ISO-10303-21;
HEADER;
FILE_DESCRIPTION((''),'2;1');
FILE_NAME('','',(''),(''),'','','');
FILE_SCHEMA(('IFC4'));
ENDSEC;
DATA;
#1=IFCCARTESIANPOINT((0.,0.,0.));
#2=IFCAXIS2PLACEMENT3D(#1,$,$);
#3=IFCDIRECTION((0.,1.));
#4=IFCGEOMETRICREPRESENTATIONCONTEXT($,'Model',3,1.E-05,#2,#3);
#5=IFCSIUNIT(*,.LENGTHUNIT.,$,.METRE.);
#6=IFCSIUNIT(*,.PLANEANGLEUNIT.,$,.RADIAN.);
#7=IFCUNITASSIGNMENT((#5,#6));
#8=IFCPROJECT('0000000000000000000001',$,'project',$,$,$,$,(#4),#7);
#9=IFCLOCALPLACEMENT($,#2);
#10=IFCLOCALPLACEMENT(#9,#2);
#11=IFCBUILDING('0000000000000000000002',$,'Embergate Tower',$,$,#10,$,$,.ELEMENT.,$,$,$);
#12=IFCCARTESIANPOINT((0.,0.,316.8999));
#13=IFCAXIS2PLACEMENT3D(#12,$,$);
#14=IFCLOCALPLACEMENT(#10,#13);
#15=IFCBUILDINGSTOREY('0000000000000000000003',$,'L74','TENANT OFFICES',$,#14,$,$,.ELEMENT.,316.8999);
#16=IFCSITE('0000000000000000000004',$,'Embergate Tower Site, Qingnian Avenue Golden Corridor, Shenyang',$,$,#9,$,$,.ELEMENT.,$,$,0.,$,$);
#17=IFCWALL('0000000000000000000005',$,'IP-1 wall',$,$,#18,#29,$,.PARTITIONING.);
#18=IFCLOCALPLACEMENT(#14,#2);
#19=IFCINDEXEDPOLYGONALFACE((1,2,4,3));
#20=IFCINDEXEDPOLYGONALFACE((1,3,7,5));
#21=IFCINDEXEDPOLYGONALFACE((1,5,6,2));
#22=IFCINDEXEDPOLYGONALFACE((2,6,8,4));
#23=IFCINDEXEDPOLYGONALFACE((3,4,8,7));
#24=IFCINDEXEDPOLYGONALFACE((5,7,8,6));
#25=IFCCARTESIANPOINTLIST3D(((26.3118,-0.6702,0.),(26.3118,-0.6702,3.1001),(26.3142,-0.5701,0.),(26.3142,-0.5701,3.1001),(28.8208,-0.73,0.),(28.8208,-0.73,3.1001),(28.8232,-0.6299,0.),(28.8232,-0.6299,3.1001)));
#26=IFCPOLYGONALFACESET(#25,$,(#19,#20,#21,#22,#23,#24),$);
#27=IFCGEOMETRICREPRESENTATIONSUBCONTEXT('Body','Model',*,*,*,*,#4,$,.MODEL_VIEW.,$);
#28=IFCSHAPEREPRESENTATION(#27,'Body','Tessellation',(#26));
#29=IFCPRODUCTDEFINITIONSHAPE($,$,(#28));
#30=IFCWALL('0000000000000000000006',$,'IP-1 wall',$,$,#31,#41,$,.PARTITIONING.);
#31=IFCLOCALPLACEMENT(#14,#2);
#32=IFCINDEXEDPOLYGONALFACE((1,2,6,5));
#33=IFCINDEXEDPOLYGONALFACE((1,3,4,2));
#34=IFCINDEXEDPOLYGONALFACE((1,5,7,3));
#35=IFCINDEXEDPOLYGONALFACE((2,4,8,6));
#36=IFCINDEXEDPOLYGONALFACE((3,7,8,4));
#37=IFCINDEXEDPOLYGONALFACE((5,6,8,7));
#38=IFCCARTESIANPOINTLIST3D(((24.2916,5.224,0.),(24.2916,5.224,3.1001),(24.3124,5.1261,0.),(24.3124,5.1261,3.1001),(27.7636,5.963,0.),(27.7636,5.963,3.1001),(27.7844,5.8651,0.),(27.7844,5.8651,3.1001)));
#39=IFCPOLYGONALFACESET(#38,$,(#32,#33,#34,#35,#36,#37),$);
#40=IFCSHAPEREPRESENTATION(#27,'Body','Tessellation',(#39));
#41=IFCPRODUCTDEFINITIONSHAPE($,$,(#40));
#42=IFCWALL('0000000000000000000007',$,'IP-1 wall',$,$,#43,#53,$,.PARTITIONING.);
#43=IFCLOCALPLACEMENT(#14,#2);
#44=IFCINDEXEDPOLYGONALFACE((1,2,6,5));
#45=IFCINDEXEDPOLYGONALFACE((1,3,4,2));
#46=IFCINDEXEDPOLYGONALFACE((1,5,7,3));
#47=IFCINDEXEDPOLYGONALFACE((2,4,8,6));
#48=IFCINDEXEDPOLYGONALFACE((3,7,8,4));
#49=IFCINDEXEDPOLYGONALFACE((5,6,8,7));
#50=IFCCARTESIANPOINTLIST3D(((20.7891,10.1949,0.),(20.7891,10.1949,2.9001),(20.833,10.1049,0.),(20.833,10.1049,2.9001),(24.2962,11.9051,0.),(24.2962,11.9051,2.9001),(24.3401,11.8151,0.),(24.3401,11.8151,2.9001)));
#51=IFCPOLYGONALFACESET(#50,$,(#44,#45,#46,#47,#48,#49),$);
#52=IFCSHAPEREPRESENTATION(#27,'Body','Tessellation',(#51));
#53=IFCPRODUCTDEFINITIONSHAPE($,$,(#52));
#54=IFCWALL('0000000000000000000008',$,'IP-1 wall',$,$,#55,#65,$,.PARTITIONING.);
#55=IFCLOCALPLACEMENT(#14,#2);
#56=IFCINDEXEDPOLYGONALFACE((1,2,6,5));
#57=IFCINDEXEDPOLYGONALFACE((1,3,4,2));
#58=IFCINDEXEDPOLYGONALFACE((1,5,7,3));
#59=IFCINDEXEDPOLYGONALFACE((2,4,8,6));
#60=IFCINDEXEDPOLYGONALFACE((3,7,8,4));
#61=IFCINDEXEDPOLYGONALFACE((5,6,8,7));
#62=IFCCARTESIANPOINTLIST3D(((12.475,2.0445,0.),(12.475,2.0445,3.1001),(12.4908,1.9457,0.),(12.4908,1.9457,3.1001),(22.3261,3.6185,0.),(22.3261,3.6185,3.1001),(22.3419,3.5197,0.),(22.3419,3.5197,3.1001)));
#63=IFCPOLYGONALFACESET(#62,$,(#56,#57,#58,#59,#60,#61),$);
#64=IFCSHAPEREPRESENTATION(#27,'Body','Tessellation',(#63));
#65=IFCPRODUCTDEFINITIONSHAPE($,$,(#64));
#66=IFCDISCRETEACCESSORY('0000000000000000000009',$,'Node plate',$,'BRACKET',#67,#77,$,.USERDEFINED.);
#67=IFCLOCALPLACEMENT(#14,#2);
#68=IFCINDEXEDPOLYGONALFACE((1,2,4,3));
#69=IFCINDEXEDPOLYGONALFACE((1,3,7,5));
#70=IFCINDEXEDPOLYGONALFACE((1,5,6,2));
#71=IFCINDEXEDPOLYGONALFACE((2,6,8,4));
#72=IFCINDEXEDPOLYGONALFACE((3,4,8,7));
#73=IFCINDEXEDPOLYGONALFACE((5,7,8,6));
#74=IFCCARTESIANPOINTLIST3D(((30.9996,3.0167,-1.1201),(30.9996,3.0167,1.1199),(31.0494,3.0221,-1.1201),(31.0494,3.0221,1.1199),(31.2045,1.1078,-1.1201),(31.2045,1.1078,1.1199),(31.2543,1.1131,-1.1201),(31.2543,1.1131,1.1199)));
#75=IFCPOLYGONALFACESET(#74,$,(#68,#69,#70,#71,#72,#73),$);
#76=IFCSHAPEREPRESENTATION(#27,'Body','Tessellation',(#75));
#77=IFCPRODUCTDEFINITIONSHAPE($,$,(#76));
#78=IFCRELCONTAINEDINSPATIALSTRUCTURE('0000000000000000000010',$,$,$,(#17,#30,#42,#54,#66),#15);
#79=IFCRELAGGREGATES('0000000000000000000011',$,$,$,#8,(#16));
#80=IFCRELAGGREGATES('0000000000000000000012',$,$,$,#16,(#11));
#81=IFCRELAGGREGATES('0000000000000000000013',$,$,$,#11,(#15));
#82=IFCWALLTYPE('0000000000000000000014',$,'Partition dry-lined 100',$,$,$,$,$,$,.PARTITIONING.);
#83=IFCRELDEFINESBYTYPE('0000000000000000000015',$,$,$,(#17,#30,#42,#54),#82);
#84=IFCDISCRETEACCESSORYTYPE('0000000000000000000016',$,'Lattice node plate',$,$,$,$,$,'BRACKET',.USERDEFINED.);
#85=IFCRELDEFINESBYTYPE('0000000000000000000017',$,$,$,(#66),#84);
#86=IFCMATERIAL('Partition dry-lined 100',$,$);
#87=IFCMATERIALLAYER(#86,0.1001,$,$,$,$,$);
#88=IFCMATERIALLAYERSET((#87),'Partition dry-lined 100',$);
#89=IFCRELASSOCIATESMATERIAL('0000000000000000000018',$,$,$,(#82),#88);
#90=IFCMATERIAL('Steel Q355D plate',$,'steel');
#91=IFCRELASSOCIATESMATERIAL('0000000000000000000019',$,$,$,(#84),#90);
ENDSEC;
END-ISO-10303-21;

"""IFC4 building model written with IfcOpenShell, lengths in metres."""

from ifc_helpers import new_model, si_unit, direction, frame, frame_2d, origin, origin_2d, place, context, subcontext, project, spatial, rectangle, extrude, source, transform, mapped, material, layer, layer_set, type_object, element, save


model = new_model("IFC4")

# Units and contexts
model_context = context("Model", 3, precision=1e-05, world=origin(), true_north=direction((0.0, 1.0)))
body_context = subcontext(model_context, "Body", "Model", "MODEL_VIEW")
ifc_project = project(units=[si_unit("LENGTHUNIT", "METRE"), si_unit("PLANEANGLEUNIT", "RADIAN")], contexts=[model_context])

# Site, building, storey
site_placement = place(None, origin())
site = spatial("IfcSite", under=ifc_project, at=site_placement, Name="Embergate Tower Site, Qingnian Avenue Golden Corridor, Shenyang", CompositionType="ELEMENT", RefElevation=0.0)
building_placement = place(site_placement, origin())
building = spatial("IfcBuilding", under=site, at=building_placement, Name="Embergate Tower", CompositionType="ELEMENT")
storey_placement = place(building_placement, frame((0.0, 0.0, 316.8999)))
storey = spatial("IfcBuildingStorey", under=building, at=storey_placement, Name="L74", Description="TENANT OFFICES", CompositionType="ELEMENT", Elevation=316.8999)

# Walls
ifc_material_1 = material(Name="Partition dry-lined 100")
ifc_layer_1 = layer(ifc_material_1, 0.1001)
ifc_layer_set_1 = layer_set([ifc_layer_1], Name="Partition dry-lined 100")
wall_type_1 = type_object("IfcWallType", Name="Partition dry-lined 100", PredefinedType="PARTITIONING", material=ifc_layer_set_1)
shared_shape_1 = source(origin(), body_context, "Body", "SweptSolid", [
    extrude(rectangle(XDim=2.5098, YDim=0.1001, at=frame_2d((1.2549, 0.0))), origin(), (0.0, 0.0, 1.0), 3.1001),
])
wall_1_placement = place(storey_placement, frame((26.313, -0.6201, 0.0), z_axis=(0.0, 0.0, 1.0), x_axis=(0.999716, -0.023833, 0.0)))
element("IfcWall", 1, at=wall_1_placement, inside=storey, type_object=wall_type_1, Name="IP-1 wall", PredefinedType="PARTITIONING", context=body_context, shape_type="MappedRepresentation", body=[
    mapped(shared_shape_1, transform((0.0, 0.0, 0.0))),
])
shared_shape_2 = source(origin(), body_context, "Body", "SweptSolid", [
    extrude(rectangle(XDim=3.5498, YDim=0.1001, at=frame_2d((1.7749, 0.0))), origin(), (0.0, 0.0, 1.0), 3.1001),
])
wall_2_placement = place(storey_placement, frame((24.302, 5.175, 0.0), z_axis=(0.0, 0.0, 1.0), x_axis=(0.978088, 0.20819, 0.0)))
element("IfcWall", 2, at=wall_2_placement, inside=storey, type_object=wall_type_1, Name="IP-1 wall", PredefinedType="PARTITIONING", context=body_context, shape_type="MappedRepresentation", body=[
    mapped(shared_shape_2, transform((0.0, 0.0, 0.0))),
])
shared_shape_3 = source(origin(), body_context, "Body", "SweptSolid", [
    extrude(rectangle(XDim=3.9019, YDim=0.1001, at=frame_2d((1.9509, 0.0))), origin(), (0.0, 0.0, 1.0), 2.9001),
])
wall_3_placement = place(storey_placement, frame((20.811, 10.1499, 0.0), z_axis=(0.0, 0.0, 1.0), x_axis=(0.898826, 0.438307, 0.0)))
element("IfcWall", 3, at=wall_3_placement, inside=storey, type_object=wall_type_1, Name="IP-1 wall", PredefinedType="PARTITIONING", context=body_context, shape_type="MappedRepresentation", body=[
    mapped(shared_shape_3, transform((0.0, 0.0, 0.0))),
])
shared_shape_4 = source(origin(), body_context, "Body", "SweptSolid", [
    extrude(rectangle(XDim=9.9761, YDim=0.1001, at=frame_2d((4.988, 0.0))), origin(), (0.0, 0.0, 1.0), 3.1001),
])
wall_4_placement = place(storey_placement, frame((22.334, 3.5691, 0.0), z_axis=(0.0, 0.0, 1.0), x_axis=(-0.987475, -0.157776, 0.0)))
element("IfcWall", 4, at=wall_4_placement, inside=storey, type_object=wall_type_1, Name="IP-1 wall", PredefinedType="PARTITIONING", context=body_context, shape_type="MappedRepresentation", body=[
    mapped(shared_shape_4, transform((0.0, 0.0, 0.0))),
])

# Discrete accessory
ifc_material_2 = material(Name="Steel Q355D plate", Category="steel")
discrete_accessory_type = type_object("IfcDiscreteAccessoryType", Name="Lattice node plate", ElementType="BRACKET", PredefinedType="USERDEFINED", material=ifc_material_2)
shared_shape_5 = source(origin(), body_context, "Body", "SweptSolid", [
    extrude(rectangle(XDim=1.9199, YDim=0.05, at=origin_2d()), origin(), (0.0, 0.0, 1.0), 2.24),
])
discrete_accessory_placement = place(storey_placement, frame((31.127, 2.0649, -1.1201), z_axis=(0.0, 0.0, 1.0), x_axis=(-0.10675, 0.994286, 0.0)))
element("IfcDiscreteAccessory", 5, at=discrete_accessory_placement, inside=storey, type_object=discrete_accessory_type, Name="Node plate", ObjectType="BRACKET", PredefinedType="USERDEFINED", context=body_context, shape_type="MappedRepresentation", body=[
    mapped(shared_shape_5, transform((0.0, 0.0, 0.0))),
])

save(model, "model.ifc")
